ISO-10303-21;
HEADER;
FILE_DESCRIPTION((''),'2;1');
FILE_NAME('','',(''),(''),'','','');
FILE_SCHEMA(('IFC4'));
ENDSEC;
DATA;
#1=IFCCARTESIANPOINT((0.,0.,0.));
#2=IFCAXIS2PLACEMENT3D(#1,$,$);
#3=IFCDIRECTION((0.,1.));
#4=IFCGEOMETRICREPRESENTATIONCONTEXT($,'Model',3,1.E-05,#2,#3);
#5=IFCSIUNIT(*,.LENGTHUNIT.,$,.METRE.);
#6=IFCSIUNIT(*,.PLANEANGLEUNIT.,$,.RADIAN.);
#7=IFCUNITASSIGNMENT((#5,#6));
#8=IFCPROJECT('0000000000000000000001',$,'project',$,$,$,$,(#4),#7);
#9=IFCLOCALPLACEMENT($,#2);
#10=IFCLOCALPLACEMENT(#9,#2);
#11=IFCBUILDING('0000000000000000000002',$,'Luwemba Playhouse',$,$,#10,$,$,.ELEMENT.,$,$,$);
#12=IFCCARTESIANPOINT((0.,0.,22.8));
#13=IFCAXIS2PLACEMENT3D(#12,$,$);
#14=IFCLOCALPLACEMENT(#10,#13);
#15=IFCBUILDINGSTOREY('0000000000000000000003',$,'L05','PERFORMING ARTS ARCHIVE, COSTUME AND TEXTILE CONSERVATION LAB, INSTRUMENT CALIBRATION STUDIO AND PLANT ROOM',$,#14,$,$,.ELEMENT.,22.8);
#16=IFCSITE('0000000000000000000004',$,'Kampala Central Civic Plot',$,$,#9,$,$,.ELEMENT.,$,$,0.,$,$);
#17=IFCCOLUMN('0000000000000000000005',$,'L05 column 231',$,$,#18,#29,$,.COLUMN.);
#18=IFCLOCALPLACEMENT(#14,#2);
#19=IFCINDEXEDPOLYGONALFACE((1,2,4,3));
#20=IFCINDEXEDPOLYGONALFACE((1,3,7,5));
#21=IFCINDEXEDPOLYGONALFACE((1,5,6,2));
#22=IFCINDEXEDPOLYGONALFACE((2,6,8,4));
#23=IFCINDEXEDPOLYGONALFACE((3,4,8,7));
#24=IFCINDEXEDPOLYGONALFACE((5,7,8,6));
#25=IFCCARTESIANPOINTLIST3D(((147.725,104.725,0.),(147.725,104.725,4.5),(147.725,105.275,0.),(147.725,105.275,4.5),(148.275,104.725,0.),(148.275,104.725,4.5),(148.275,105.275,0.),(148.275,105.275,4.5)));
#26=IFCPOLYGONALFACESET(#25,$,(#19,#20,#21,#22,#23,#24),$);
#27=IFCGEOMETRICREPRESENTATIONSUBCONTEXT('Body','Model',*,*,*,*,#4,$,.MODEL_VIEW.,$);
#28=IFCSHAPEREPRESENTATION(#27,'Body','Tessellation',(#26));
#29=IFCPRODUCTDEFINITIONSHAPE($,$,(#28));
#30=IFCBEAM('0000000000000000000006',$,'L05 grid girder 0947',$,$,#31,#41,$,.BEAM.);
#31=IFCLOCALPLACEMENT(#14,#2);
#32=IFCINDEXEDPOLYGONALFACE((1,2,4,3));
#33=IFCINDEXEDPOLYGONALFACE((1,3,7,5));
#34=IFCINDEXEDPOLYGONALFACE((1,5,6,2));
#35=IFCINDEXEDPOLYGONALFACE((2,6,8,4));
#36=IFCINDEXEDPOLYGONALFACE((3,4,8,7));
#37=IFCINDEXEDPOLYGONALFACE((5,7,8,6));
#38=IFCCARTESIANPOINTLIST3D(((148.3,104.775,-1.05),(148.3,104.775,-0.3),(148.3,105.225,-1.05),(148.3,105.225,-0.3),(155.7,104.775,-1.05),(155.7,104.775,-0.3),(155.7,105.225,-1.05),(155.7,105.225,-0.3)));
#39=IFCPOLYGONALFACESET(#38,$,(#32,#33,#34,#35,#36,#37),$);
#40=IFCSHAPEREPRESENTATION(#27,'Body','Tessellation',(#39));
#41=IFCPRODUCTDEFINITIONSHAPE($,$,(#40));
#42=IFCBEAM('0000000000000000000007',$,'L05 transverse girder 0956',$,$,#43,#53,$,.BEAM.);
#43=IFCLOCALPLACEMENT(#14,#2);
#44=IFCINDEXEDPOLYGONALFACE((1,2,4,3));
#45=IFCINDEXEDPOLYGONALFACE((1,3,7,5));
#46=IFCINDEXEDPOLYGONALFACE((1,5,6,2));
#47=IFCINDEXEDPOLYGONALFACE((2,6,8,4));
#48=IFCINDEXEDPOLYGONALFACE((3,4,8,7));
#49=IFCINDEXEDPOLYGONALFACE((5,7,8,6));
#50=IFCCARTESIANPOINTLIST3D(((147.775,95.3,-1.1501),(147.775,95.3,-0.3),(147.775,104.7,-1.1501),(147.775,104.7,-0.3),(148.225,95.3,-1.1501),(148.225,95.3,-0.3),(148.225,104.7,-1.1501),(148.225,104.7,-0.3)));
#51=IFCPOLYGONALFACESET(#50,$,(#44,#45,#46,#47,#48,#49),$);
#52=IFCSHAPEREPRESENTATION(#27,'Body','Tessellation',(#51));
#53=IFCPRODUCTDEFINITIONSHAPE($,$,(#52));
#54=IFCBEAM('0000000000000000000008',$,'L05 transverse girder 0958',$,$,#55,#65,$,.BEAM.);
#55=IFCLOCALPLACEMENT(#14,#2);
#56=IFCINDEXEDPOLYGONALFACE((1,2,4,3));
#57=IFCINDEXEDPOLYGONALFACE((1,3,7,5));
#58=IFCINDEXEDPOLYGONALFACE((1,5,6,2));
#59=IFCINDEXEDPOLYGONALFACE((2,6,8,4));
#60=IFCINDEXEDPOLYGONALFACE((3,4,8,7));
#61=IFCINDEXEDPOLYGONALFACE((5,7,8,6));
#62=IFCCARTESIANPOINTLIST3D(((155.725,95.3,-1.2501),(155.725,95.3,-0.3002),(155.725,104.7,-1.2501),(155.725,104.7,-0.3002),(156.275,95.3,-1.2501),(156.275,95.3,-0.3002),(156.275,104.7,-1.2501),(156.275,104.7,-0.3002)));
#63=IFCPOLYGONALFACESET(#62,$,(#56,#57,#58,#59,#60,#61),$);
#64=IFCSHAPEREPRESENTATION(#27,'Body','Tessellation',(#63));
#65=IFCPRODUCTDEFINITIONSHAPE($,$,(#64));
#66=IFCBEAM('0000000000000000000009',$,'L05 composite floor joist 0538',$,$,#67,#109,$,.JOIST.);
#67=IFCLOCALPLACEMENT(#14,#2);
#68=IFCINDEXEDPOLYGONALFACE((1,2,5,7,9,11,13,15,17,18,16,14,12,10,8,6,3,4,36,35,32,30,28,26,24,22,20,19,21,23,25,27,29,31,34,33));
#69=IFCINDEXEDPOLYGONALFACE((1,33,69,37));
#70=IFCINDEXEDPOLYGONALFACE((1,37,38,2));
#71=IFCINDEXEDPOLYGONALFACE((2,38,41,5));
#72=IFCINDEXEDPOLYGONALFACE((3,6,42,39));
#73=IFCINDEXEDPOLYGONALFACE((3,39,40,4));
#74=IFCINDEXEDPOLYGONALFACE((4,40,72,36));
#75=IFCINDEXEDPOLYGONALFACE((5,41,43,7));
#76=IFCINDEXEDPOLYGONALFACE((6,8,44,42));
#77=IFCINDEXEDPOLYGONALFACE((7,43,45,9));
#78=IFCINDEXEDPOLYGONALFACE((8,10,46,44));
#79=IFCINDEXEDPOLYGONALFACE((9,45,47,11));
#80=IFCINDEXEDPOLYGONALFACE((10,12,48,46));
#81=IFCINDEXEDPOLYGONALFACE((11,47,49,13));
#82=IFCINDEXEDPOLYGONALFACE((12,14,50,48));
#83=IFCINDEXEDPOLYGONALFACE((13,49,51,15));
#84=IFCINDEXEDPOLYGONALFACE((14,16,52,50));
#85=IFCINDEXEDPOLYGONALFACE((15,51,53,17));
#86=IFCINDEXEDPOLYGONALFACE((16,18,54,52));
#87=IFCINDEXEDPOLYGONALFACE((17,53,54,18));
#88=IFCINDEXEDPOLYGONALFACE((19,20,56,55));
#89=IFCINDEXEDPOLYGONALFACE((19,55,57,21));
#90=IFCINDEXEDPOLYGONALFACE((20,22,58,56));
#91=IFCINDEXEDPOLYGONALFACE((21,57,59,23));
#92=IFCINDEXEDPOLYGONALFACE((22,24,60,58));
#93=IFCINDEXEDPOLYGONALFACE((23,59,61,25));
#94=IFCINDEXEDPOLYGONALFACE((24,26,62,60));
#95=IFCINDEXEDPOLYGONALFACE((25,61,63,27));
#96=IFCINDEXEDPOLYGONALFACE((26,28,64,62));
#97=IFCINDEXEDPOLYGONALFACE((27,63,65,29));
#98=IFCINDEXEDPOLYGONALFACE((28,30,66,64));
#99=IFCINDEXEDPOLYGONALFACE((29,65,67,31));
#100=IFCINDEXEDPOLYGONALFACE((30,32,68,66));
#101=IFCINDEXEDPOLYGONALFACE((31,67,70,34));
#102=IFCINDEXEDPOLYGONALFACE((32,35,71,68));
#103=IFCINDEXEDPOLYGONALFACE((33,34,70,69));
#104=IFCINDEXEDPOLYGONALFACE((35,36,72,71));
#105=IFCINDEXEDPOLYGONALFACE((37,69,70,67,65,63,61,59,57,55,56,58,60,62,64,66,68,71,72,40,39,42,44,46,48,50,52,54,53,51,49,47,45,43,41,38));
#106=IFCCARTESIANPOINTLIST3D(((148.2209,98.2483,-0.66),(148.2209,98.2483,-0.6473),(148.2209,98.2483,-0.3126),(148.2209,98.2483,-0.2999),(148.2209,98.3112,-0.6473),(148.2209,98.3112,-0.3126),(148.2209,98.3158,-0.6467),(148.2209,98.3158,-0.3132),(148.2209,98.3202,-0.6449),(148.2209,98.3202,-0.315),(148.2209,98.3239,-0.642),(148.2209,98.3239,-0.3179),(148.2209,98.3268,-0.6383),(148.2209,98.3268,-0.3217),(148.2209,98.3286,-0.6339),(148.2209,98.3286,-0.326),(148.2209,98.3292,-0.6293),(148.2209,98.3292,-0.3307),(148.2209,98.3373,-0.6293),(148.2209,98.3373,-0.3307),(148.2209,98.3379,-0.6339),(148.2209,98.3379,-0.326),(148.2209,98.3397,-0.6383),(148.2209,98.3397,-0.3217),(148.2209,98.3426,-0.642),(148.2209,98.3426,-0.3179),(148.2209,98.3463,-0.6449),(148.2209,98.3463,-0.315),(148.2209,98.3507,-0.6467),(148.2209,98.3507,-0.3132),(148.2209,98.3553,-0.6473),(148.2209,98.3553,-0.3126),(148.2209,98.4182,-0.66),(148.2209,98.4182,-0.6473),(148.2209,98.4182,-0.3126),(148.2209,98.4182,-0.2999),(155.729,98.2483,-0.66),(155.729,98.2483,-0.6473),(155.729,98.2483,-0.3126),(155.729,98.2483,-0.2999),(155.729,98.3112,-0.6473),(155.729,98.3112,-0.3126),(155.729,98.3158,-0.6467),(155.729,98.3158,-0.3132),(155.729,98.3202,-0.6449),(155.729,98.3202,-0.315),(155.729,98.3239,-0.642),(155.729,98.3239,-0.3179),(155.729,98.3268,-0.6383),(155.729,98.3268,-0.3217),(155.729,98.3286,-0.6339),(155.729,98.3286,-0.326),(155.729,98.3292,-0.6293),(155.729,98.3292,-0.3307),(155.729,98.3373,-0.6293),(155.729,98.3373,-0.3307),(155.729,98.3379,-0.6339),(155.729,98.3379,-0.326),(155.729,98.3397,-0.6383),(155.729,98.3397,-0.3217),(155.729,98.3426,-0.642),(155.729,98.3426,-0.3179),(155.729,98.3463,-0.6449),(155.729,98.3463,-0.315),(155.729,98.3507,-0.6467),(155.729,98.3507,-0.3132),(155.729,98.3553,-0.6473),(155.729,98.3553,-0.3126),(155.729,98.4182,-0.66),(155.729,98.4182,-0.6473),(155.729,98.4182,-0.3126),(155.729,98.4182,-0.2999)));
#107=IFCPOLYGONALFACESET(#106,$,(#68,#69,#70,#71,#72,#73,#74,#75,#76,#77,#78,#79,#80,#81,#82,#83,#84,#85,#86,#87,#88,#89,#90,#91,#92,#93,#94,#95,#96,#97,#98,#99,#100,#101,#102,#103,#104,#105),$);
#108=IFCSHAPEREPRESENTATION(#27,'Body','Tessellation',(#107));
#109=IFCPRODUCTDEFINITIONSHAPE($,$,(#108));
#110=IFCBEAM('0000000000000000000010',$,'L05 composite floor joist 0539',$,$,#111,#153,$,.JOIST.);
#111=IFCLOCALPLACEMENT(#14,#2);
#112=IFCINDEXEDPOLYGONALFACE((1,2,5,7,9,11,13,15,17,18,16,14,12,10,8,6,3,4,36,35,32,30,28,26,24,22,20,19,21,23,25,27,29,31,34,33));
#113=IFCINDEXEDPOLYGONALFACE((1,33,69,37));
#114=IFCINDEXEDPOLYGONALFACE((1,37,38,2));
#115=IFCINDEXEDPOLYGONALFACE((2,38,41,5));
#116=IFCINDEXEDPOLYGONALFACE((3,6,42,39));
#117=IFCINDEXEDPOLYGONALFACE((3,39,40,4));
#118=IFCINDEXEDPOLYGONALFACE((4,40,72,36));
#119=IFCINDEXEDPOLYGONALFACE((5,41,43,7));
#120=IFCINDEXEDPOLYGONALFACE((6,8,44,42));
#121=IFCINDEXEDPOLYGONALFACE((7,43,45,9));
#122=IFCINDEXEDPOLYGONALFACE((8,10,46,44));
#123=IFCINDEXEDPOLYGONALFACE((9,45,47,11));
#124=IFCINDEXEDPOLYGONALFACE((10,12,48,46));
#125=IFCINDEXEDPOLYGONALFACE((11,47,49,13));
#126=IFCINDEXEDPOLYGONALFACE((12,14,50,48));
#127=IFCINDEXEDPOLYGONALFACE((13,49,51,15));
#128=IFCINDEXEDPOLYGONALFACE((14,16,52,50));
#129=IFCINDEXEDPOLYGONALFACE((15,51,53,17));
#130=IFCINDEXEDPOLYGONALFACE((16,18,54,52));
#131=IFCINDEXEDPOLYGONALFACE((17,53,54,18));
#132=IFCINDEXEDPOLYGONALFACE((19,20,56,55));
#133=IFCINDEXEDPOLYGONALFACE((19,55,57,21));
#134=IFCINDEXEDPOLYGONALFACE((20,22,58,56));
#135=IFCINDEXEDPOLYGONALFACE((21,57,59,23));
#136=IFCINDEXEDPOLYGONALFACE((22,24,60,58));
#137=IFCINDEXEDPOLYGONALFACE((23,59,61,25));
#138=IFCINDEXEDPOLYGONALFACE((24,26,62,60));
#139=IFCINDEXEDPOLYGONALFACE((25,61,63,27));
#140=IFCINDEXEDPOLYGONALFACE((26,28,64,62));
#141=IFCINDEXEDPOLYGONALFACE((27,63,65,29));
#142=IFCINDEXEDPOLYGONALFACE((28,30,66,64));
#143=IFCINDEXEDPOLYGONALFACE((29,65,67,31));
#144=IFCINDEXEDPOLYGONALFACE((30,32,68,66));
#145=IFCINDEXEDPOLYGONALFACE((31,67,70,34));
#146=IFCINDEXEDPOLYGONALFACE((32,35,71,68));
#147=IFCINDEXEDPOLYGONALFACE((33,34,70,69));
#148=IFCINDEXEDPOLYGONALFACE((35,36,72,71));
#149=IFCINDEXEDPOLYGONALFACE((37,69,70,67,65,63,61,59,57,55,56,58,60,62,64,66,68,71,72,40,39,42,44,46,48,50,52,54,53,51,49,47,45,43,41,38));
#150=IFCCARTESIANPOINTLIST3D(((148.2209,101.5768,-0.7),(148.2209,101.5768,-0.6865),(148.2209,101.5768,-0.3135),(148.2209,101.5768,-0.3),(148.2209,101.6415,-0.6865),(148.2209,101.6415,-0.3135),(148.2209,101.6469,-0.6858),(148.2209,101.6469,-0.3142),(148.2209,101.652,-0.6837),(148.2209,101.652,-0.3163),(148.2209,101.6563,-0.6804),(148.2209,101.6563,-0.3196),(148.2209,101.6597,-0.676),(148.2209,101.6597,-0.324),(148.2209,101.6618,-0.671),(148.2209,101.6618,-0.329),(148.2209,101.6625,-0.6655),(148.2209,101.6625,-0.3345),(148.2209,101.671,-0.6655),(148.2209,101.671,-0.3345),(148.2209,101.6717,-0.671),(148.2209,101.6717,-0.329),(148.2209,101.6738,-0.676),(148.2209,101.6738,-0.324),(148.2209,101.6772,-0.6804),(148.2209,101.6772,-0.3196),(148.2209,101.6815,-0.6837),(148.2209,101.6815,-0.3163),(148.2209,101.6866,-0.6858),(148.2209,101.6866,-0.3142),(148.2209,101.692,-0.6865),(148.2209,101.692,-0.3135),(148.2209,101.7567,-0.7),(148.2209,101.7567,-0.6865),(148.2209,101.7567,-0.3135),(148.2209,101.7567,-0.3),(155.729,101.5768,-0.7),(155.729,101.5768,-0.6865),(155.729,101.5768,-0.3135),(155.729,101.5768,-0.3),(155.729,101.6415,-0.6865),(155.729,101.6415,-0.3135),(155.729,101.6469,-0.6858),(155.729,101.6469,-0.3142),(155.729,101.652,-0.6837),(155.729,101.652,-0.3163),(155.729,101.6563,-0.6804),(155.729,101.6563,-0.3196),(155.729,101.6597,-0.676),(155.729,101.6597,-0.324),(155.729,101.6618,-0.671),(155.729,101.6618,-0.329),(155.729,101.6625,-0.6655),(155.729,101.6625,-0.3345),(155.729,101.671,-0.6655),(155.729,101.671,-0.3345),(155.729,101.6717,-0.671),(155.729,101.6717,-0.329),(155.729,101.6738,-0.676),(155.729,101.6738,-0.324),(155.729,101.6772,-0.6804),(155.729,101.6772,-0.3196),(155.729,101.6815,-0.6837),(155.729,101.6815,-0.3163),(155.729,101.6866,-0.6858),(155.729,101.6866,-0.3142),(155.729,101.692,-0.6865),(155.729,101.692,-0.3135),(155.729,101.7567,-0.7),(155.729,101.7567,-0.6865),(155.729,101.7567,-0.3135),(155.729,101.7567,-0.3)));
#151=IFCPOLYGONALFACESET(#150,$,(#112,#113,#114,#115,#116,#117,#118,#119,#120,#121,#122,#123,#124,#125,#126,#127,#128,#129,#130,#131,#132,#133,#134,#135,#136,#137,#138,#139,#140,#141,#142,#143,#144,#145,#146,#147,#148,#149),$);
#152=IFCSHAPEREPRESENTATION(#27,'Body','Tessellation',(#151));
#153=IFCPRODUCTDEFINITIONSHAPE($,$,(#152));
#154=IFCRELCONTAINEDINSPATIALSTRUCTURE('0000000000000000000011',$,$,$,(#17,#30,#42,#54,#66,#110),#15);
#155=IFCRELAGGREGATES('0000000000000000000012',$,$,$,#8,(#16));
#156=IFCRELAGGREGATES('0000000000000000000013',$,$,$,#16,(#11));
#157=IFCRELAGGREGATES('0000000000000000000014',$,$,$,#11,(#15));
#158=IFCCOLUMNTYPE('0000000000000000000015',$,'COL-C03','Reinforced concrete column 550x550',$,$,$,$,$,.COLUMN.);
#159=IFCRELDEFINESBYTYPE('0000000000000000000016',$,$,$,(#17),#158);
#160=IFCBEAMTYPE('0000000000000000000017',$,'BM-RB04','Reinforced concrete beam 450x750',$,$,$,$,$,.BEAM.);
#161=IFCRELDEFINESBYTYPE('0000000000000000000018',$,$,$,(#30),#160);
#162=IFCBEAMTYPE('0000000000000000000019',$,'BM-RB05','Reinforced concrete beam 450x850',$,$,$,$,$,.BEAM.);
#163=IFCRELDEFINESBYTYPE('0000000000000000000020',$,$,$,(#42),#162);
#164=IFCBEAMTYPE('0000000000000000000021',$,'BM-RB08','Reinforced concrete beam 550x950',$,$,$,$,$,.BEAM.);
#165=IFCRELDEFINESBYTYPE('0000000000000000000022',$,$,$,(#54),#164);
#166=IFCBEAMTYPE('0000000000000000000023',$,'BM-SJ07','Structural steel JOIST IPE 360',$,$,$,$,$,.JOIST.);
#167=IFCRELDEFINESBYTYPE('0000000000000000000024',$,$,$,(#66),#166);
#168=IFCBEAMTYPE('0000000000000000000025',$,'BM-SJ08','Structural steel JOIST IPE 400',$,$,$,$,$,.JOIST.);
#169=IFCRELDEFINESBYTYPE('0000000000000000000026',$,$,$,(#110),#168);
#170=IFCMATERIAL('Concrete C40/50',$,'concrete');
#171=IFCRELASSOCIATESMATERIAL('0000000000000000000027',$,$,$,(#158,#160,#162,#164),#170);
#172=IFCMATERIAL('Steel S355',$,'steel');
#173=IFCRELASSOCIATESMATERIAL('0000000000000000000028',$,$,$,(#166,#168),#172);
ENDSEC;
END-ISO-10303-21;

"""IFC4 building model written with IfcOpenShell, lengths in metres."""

from ifc_helpers import new_model, si_unit, direction, frame, origin, origin_2d, place, context, subcontext, project, spatial, rectangle, i_section, extrude, material, material_profile, profile_set, type_object, element, save


model = new_model("IFC4")

# Units and contexts
model_context = context("Model", 3, precision=1e-05, world=origin(), true_north=direction((0.0, 1.0)))
body_context = subcontext(model_context, "Body", "Model", "MODEL_VIEW")
ifc_project = project(units=[si_unit("LENGTHUNIT", "METRE"), si_unit("PLANEANGLEUNIT", "RADIAN")], contexts=[model_context])

# Site, building, storey
site_placement = place(None, origin())
site = spatial("IfcSite", under=ifc_project, at=site_placement, Name="Kampala Central Civic Plot", CompositionType="ELEMENT", RefElevation=0.0)
building_placement = place(site_placement, origin())
building = spatial("IfcBuilding", under=site, at=building_placement, Name="Luwemba Playhouse", CompositionType="ELEMENT")
storey_placement = place(building_placement, frame((0.0, 0.0, 22.8)))
storey = spatial("IfcBuildingStorey", under=building, at=storey_placement, Name="L05", Description="PERFORMING ARTS ARCHIVE, COSTUME AND TEXTILE CONSERVATION LAB, INSTRUMENT CALIBRATION STUDIO AND PLANT ROOM", CompositionType="ELEMENT", Elevation=22.8)

# Column
ifc_material_1 = material(Name="Concrete C40/50", Category="concrete")
ifc_material_profile_1 = material_profile(ifc_material_1, rectangle(XDim=0.55, YDim=0.55, at=origin_2d()))
ifc_profile_set_1 = profile_set([ifc_material_profile_1], Name="Concrete C40/50")
column_type = type_object("IfcColumnType", Name="COL-C03", Description="Reinforced concrete column 550x550", PredefinedType="COLUMN", material=ifc_profile_set_1)
column_placement = place(storey_placement, frame((148.0, 105.0, 0.0), z_axis=(0.0, 0.0, 1.0), x_axis=(1.0, 0.0, 0.0)))
element("IfcColumn", 1, at=column_placement, inside=storey, type_object=column_type, Name="L05 column 231", PredefinedType="COLUMN", context=body_context, shape_type="SweptSolid", body=[
    extrude(rectangle(XDim=0.55, YDim=0.55, at=origin_2d()), origin(), (0.0, 0.0, 1.0), 4.5),
])

# Beams
ifc_material_profile_2 = material_profile(ifc_material_1, rectangle(XDim=0.45, YDim=0.75, at=origin_2d()))
ifc_profile_set_2 = profile_set([ifc_material_profile_2], Name="Concrete C40/50")
beam_type_1 = type_object("IfcBeamType", Name="BM-RB04", Description="Reinforced concrete beam 450x750", PredefinedType="BEAM", material=ifc_profile_set_2)
beam_1_placement = place(storey_placement, frame((148.3, 105.0, -0.675), z_axis=(1.0, 0.0, 0.0), x_axis=(0.0, 1.0, 0.0)))
element("IfcBeam", 2, at=beam_1_placement, inside=storey, type_object=beam_type_1, Name="L05 grid girder 0947", PredefinedType="BEAM", context=body_context, shape_type="SweptSolid", body=[
    extrude(rectangle(XDim=0.45, YDim=0.75, at=origin_2d()), origin(), (0.0, 0.0, 1.0), 7.3999),
])
ifc_material_profile_3 = material_profile(ifc_material_1, rectangle(XDim=0.45, YDim=0.8501, at=origin_2d()))
ifc_profile_set_3 = profile_set([ifc_material_profile_3], Name="Concrete C40/50")
beam_type_2 = type_object("IfcBeamType", Name="BM-RB05", Description="Reinforced concrete beam 450x850", PredefinedType="BEAM", material=ifc_profile_set_3)
beam_2_placement = place(storey_placement, frame((148.0, 95.3, -0.7251), z_axis=(0.0, 1.0, 0.0), x_axis=(-1.0, 0.0, 0.0)))
element("IfcBeam", 3, at=beam_2_placement, inside=storey, type_object=beam_type_2, Name="L05 transverse girder 0956", PredefinedType="BEAM", context=body_context, shape_type="SweptSolid", body=[
    extrude(rectangle(XDim=0.45, YDim=0.8501, at=origin_2d()), origin(), (0.0, 0.0, 1.0), 9.3999),
])
ifc_material_profile_4 = material_profile(ifc_material_1, rectangle(XDim=0.55, YDim=0.95, at=origin_2d()))
ifc_profile_set_4 = profile_set([ifc_material_profile_4], Name="Concrete C40/50")
beam_type_3 = type_object("IfcBeamType", Name="BM-RB08", Description="Reinforced concrete beam 550x950", PredefinedType="BEAM", material=ifc_profile_set_4)
beam_3_placement = place(storey_placement, frame((156.0, 95.3, -0.7751), z_axis=(0.0, 1.0, 0.0), x_axis=(-1.0, 0.0, 0.0)))
element("IfcBeam", 4, at=beam_3_placement, inside=storey, type_object=beam_type_3, Name="L05 transverse girder 0958", PredefinedType="BEAM", context=body_context, shape_type="SweptSolid", body=[
    extrude(rectangle(XDim=0.55, YDim=0.95, at=origin_2d()), origin(), (0.0, 0.0, 1.0), 9.3999),
])
ifc_material_2 = material(Name="Steel S355", Category="steel")
ifc_material_profile_5 = material_profile(ifc_material_2, i_section(OverallWidth=0.1699, OverallDepth=0.3601, WebThickness=0.0081, FlangeThickness=0.0127, FilletRadius=0.0181, at=origin_2d()))
ifc_profile_set_5 = profile_set([ifc_material_profile_5], Name="Steel S355")
beam_type_4 = type_object("IfcBeamType", Name="BM-SJ07", Description="Structural steel JOIST IPE 360", PredefinedType="JOIST", material=ifc_profile_set_5)
beam_4_placement = place(storey_placement, frame((148.2209, 98.3333, -0.48), z_axis=(1.0, 0.0, 0.0), x_axis=(0.0, 1.0, 0.0)))
element("IfcBeam", 5, at=beam_4_placement, inside=storey, type_object=beam_type_4, Name="L05 composite floor joist 0538", PredefinedType="JOIST", context=body_context, shape_type="SweptSolid", body=[
    extrude(i_section(OverallWidth=0.1699, OverallDepth=0.3601, WebThickness=0.0081, FlangeThickness=0.0127, FilletRadius=0.0181, at=origin_2d()), origin(), (0.0, 0.0, 1.0), 7.5081),
])
ifc_material_profile_6 = material_profile(ifc_material_2, i_section(OverallWidth=0.1799, OverallDepth=0.3999, WebThickness=0.0085, FlangeThickness=0.0134, FilletRadius=0.021, at=origin_2d()))
ifc_profile_set_6 = profile_set([ifc_material_profile_6], Name="Steel S355")
beam_type_5 = type_object("IfcBeamType", Name="BM-SJ08", Description="Structural steel JOIST IPE 400", PredefinedType="JOIST", material=ifc_profile_set_6)
beam_5_placement = place(storey_placement, frame((148.2209, 101.6667, -0.5), z_axis=(1.0, 0.0, 0.0), x_axis=(0.0, 1.0, 0.0)))
element("IfcBeam", 6, at=beam_5_placement, inside=storey, type_object=beam_type_5, Name="L05 composite floor joist 0539", PredefinedType="JOIST", context=body_context, shape_type="SweptSolid", body=[
    extrude(i_section(OverallWidth=0.1799, OverallDepth=0.3999, WebThickness=0.0085, FlangeThickness=0.0134, FilletRadius=0.021, at=origin_2d()), origin(), (0.0, 0.0, 1.0), 7.5081),
])

save(model, "model.ifc")
